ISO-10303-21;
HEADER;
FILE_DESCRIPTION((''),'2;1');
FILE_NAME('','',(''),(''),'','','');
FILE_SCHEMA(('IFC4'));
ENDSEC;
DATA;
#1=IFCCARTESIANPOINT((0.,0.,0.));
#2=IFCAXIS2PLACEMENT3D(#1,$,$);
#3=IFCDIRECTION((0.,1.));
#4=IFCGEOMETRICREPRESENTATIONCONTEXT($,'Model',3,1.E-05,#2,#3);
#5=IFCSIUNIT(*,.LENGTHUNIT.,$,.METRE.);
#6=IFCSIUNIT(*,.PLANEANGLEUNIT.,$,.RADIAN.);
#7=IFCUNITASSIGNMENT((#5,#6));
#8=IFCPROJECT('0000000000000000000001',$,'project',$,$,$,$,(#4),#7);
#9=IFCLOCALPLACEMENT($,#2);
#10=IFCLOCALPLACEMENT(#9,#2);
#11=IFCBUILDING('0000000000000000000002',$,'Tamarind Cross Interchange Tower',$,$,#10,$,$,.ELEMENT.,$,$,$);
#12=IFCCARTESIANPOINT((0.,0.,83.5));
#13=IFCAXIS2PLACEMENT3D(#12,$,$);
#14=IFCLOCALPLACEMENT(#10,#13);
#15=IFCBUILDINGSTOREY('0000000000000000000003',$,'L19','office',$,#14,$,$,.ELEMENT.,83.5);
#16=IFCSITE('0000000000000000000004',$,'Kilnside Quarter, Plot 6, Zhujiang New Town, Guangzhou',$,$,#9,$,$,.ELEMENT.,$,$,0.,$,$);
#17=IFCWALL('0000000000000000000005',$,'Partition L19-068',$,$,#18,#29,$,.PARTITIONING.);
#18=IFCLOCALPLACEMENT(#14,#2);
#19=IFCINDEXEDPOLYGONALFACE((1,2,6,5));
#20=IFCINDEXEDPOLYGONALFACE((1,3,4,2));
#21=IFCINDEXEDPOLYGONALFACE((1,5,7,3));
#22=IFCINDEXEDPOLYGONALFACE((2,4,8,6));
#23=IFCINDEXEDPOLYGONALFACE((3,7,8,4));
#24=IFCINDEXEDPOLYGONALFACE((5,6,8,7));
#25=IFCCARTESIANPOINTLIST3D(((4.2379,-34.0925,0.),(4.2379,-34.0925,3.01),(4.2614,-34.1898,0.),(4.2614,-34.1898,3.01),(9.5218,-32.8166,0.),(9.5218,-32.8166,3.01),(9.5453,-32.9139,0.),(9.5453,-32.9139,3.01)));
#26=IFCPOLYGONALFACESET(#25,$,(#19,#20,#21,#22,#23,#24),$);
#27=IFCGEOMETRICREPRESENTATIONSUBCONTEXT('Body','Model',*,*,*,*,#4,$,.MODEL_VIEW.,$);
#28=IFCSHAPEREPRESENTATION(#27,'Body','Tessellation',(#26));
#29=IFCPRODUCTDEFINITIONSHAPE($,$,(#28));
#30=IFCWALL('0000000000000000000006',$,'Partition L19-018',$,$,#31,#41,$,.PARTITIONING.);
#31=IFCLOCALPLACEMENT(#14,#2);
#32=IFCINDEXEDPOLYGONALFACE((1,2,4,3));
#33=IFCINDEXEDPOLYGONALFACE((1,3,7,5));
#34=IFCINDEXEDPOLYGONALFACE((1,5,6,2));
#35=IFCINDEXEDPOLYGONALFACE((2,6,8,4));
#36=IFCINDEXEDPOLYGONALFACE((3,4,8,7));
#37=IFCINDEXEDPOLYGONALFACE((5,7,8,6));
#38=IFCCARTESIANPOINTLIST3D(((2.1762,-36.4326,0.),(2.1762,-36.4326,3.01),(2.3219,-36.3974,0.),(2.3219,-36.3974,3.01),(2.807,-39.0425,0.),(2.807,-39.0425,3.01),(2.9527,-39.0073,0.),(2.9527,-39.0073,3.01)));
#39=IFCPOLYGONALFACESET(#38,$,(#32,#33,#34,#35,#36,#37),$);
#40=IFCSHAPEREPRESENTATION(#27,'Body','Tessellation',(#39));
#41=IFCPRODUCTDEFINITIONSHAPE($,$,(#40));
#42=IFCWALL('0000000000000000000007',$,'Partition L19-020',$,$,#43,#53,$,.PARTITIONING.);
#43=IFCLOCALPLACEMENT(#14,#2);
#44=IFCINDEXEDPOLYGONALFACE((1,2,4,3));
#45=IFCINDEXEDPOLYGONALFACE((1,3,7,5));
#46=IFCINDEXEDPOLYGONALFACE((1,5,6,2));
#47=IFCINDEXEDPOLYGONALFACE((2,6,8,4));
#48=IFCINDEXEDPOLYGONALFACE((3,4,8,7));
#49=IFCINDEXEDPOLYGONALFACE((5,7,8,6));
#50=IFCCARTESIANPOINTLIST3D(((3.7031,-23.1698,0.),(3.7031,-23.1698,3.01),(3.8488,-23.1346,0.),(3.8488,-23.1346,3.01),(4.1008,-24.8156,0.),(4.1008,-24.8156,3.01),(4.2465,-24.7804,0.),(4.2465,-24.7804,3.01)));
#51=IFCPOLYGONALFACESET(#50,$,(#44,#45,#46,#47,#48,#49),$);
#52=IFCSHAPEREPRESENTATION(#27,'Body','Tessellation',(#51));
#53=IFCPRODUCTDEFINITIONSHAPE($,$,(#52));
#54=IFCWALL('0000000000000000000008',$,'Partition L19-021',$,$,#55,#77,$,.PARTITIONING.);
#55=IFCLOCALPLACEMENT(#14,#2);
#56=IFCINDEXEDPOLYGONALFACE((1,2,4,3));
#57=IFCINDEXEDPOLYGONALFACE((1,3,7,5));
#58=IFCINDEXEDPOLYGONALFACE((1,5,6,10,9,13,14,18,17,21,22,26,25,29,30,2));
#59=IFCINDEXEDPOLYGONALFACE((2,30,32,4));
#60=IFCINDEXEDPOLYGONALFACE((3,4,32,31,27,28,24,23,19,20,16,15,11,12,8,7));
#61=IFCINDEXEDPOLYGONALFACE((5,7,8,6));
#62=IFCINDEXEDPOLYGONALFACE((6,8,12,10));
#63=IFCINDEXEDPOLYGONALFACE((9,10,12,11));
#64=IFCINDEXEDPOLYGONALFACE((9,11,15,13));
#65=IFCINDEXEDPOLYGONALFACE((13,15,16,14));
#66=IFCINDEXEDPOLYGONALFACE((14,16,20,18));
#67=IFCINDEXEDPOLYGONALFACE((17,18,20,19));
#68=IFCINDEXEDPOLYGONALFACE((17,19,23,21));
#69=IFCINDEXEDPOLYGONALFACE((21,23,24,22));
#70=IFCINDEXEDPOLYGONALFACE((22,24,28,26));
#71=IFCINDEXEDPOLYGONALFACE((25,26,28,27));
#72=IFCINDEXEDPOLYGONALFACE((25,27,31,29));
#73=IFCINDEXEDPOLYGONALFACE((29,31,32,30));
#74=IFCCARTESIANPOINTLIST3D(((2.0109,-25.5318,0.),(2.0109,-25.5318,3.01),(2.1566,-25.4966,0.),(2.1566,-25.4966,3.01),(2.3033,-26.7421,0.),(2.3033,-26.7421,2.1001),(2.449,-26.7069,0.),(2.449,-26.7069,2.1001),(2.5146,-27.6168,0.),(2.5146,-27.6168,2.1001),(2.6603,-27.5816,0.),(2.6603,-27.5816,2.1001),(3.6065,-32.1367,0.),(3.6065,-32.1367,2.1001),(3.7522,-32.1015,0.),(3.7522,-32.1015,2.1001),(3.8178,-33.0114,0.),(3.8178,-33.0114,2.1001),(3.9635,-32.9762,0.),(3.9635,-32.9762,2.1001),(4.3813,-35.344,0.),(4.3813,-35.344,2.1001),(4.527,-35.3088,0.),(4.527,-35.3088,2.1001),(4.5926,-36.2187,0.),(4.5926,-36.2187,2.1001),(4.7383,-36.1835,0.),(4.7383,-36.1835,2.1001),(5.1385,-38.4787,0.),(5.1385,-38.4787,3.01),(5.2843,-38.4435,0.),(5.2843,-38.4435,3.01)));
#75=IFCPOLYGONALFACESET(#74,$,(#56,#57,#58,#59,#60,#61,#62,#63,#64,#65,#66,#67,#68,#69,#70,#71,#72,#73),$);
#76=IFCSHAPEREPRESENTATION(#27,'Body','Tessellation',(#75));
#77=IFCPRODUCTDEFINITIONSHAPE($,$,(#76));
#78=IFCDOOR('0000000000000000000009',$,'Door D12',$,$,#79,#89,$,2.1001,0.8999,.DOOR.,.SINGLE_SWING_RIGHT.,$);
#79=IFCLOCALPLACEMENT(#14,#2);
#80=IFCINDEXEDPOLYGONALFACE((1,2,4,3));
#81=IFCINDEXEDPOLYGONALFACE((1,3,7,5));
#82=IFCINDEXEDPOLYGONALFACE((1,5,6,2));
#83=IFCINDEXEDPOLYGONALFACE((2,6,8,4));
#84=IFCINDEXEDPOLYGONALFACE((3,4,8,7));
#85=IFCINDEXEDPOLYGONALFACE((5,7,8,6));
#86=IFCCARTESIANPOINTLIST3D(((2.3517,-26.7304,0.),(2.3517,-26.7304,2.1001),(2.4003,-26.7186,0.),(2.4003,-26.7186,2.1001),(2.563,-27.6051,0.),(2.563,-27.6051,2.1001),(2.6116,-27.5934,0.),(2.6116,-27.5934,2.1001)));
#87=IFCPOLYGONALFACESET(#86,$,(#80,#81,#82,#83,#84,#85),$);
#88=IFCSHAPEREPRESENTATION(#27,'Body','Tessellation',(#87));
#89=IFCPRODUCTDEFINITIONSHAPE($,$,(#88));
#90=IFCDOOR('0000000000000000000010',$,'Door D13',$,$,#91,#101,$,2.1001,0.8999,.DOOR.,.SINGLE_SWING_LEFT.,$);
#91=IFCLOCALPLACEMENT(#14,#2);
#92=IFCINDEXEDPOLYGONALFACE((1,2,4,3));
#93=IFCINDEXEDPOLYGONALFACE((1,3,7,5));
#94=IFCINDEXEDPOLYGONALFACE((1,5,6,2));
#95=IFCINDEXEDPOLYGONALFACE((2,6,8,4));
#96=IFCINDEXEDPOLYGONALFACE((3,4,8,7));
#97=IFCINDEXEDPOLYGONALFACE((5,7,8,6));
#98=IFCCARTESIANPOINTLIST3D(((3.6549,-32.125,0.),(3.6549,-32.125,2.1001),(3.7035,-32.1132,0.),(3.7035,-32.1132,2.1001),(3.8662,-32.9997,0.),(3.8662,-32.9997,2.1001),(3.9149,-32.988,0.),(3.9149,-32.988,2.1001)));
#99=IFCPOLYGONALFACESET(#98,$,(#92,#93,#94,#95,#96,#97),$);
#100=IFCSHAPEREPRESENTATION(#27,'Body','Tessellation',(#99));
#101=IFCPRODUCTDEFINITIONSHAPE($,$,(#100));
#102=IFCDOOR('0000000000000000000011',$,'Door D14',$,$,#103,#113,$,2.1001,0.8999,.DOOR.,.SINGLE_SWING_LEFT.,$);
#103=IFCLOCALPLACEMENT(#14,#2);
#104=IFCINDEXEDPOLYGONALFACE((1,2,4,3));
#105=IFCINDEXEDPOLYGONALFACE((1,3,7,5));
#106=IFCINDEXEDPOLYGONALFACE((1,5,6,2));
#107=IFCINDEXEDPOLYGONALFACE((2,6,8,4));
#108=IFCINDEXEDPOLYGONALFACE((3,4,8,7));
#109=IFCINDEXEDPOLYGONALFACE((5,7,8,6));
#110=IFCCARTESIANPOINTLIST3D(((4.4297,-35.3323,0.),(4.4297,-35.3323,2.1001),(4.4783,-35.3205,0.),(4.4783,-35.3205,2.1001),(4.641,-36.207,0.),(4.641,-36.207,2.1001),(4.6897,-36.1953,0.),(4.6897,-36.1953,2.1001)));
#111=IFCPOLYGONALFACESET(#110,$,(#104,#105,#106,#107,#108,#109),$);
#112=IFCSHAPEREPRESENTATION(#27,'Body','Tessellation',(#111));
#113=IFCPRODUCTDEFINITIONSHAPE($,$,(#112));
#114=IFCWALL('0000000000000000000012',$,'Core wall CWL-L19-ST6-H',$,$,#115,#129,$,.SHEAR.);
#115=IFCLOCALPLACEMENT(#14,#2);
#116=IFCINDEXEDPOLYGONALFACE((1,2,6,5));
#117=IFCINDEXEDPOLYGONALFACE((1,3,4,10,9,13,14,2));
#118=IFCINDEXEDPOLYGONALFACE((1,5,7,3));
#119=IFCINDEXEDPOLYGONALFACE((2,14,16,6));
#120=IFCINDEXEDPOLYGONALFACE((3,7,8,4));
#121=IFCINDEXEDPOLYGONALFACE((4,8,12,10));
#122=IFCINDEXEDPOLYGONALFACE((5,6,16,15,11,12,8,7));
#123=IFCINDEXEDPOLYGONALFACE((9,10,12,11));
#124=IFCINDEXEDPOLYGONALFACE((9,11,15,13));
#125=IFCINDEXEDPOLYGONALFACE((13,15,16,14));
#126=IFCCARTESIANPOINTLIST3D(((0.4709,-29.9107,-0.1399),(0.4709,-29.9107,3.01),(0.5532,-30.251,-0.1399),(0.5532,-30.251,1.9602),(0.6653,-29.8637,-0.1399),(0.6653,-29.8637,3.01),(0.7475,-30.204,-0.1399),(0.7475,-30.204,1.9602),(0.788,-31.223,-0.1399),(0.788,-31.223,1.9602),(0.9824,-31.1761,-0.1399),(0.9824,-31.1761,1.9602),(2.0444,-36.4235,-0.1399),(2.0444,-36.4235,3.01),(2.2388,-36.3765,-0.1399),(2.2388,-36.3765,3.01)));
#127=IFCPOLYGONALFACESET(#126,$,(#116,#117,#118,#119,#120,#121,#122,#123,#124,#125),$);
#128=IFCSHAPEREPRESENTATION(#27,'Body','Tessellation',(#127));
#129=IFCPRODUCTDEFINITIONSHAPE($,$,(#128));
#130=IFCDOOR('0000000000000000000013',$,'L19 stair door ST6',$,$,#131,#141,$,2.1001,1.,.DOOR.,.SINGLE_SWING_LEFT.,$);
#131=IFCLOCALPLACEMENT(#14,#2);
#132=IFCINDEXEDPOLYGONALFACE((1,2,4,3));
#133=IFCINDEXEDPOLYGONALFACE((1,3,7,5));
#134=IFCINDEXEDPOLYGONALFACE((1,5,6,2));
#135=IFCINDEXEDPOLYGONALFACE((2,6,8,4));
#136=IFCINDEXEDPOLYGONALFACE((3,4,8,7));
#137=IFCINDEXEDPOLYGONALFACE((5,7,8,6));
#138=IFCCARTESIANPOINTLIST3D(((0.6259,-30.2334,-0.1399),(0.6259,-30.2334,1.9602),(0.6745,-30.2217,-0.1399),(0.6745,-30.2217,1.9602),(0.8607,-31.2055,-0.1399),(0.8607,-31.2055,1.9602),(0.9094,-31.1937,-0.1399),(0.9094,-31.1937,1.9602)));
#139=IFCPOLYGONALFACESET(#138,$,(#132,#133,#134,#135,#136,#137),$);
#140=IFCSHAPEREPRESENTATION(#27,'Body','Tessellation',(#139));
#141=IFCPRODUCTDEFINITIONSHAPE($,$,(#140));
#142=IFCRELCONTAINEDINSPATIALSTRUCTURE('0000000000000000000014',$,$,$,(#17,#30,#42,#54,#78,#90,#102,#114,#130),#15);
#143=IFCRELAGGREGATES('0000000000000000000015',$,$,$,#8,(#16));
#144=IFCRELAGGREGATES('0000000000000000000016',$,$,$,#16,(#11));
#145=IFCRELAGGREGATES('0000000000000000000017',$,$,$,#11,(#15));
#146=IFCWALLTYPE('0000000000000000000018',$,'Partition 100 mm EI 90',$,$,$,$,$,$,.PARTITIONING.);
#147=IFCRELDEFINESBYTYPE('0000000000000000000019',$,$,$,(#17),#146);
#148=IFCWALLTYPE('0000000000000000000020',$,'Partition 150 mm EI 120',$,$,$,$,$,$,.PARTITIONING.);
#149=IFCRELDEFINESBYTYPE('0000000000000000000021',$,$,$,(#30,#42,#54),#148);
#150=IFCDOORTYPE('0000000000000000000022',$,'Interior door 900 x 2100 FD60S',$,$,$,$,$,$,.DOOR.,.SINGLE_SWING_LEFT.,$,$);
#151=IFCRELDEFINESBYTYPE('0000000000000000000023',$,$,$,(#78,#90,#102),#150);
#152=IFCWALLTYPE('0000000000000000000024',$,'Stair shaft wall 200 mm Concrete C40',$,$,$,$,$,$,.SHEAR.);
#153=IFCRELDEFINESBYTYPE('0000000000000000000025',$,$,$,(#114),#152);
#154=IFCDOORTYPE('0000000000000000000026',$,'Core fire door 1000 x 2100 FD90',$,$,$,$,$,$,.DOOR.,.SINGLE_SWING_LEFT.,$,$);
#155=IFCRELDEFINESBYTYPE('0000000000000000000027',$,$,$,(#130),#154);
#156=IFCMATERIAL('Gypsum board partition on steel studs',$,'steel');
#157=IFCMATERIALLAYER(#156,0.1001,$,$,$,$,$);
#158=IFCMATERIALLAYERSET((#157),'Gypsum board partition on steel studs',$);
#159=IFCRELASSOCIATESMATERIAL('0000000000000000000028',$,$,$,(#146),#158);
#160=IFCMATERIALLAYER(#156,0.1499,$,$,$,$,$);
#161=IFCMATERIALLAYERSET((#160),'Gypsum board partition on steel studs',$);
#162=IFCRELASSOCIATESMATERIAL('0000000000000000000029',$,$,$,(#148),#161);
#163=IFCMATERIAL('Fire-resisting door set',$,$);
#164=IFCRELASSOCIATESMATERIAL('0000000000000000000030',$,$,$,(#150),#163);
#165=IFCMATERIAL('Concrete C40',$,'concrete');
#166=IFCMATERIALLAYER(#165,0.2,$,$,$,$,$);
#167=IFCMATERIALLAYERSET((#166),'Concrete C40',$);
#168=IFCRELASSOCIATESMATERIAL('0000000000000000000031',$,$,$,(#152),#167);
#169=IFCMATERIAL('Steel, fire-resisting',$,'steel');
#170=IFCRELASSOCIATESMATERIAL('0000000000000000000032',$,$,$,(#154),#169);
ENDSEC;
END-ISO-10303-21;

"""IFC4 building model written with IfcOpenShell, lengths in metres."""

from ifc_helpers import new_model, si_unit, direction, frame, frame_2d, origin, place, context, subcontext, project, spatial, rectangle, extrude, material, layer, layer_set, type_object, element, fill, save


model = new_model("IFC4")

# Units and contexts
model_context = context("Model", 3, precision=1e-05, world=origin(), true_north=direction((0.0, 1.0)))
body_context = subcontext(model_context, "Body", "Model", "MODEL_VIEW")
ifc_project = project(units=[si_unit("LENGTHUNIT", "METRE"), si_unit("PLANEANGLEUNIT", "RADIAN")], contexts=[model_context])

# Site, building, storey
site_placement = place(None, origin())
site = spatial("IfcSite", under=ifc_project, at=site_placement, Name="Kilnside Quarter, Plot 6, Zhujiang New Town, Guangzhou", CompositionType="ELEMENT", RefElevation=0.0)
building_placement = place(site_placement, origin())
building = spatial("IfcBuilding", under=site, at=building_placement, Name="Tamarind Cross Interchange Tower", CompositionType="ELEMENT")
storey_placement = place(building_placement, frame((0.0, 0.0, 83.5)))
storey = spatial("IfcBuildingStorey", under=building, at=storey_placement, Name="L19", Description="office", CompositionType="ELEMENT", Elevation=83.5)

# Walls
ifc_material_1 = material(Name="Gypsum board partition on steel studs", Category="steel")
ifc_layer_1 = layer(ifc_material_1, 0.1001)
ifc_layer_set_1 = layer_set([ifc_layer_1], Name="Gypsum board partition on steel studs")
wall_type_1 = type_object("IfcWallType", Name="Partition 100 mm EI 90", PredefinedType="PARTITIONING", material=ifc_layer_set_1)
wall_1_placement = place(storey_placement, frame((4.2498, -34.1411, 0.0), z_axis=(0.0, 0.0, 1.0), x_axis=(0.972063, 0.234718, 0.0)))
element("IfcWall", 1, at=wall_1_placement, inside=storey, type_object=wall_type_1, Name="Partition L19-068", PredefinedType="PARTITIONING", context=body_context, shape_type="SweptSolid", body=[
    extrude(rectangle(XDim=5.4358, YDim=0.1001, at=frame_2d((2.7178, 0.0))), origin(), (0.0, 0.0, 1.0), 3.01),
])
ifc_layer_2 = layer(ifc_material_1, 0.1499)
ifc_layer_set_2 = layer_set([ifc_layer_2], Name="Gypsum board partition on steel studs")
wall_type_2 = type_object("IfcWallType", Name="Partition 150 mm EI 120", PredefinedType="PARTITIONING", material=ifc_layer_set_2)
wall_2_placement = place(storey_placement, frame((2.249, -36.415, 0.0), z_axis=(0.0, 0.0, 1.0), x_axis=(0.234955, -0.972006, 0.0)))
element("IfcWall", 2, at=wall_2_placement, inside=storey, type_object=wall_type_2, Name="Partition L19-018", PredefinedType="PARTITIONING", context=body_context, shape_type="SweptSolid", body=[
    extrude(rectangle(XDim=2.6851, YDim=0.1499, at=frame_2d((1.3425, 0.0))), origin(), (0.0, 0.0, 1.0), 3.01),
])
wall_3_placement = place(storey_placement, frame((3.7759, -23.1521, 0.0), z_axis=(0.0, 0.0, 1.0), x_axis=(0.234894, -0.972021, 0.0)))
element("IfcWall", 3, at=wall_3_placement, inside=storey, type_object=wall_type_2, Name="Partition L19-020", PredefinedType="PARTITIONING", context=body_context, shape_type="SweptSolid", body=[
    extrude(rectangle(XDim=1.6931, YDim=0.1499, at=frame_2d((0.8467, 0.0))), origin(), (0.0, 0.0, 1.0), 3.01),
])

# Wall, openings, doors
wall_4_placement = place(storey_placement, frame((2.0837, -25.5142, 0.0), z_axis=(0.0, 0.0, 1.0), x_axis=(0.234821, -0.972039, 0.0)))
wall_4 = element("IfcWall", 4, at=wall_4_placement, inside=storey, type_object=wall_type_2, Name="Partition L19-021", PredefinedType="PARTITIONING", context=body_context, shape_type="SweptSolid", body=[
    extrude(rectangle(XDim=13.3193, YDim=0.1499, at=frame_2d((6.6597, 0.0))), origin(), (0.0, 0.0, 1.0), 3.01),
])
opening_1_placement = place(wall_4_placement, frame((1.2451, 0.0, 0.0)))
opening_1 = element("IfcOpeningElement", 5, at=opening_1_placement, cuts=wall_4, PredefinedType="OPENING", context=body_context, shape_type="SweptSolid", body=[
    extrude(rectangle(XDim=0.8999, YDim=2.1001, at=frame_2d((0.45, 1.05))), frame((0.0, 0.085, 0.0), z_axis=(0.0, -1.0, 0.0), x_axis=(1.0, 0.0, 0.0)), (0.0, 0.0, 1.0), 0.1699),
])
opening_2_placement = place(wall_4_placement, frame((6.7949, 0.0, 0.0)))
opening_2 = element("IfcOpeningElement", 6, at=opening_2_placement, cuts=wall_4, PredefinedType="OPENING", context=body_context, shape_type="SweptSolid", body=[
    extrude(rectangle(XDim=0.8999, YDim=2.1001, at=frame_2d((0.45, 1.05))), frame((0.0, 0.085, 0.0), z_axis=(0.0, -1.0, 0.0), x_axis=(1.0, 0.0, 0.0)), (0.0, 0.0, 1.0), 0.1699),
])
opening_3_placement = place(wall_4_placement, frame((10.0945, 0.0, 0.0)))
opening_3 = element("IfcOpeningElement", 7, at=opening_3_placement, cuts=wall_4, PredefinedType="OPENING", context=body_context, shape_type="SweptSolid", body=[
    extrude(rectangle(XDim=0.8999, YDim=2.1001, at=frame_2d((0.45, 1.05))), frame((0.0, 0.085, 0.0), z_axis=(0.0, -1.0, 0.0), x_axis=(1.0, 0.0, 0.0)), (0.0, 0.0, 1.0), 0.1699),
])
ifc_material_2 = material(Name="Fire-resisting door set")
door_type_1 = type_object("IfcDoorType", Name="Interior door 900 x 2100 FD60S", OperationType="SINGLE_SWING_LEFT", PredefinedType="DOOR", material=ifc_material_2)
door_1_placement = place(opening_1_placement, origin())
door_1 = element("IfcDoor", 8, at=door_1_placement, inside=storey, type_object=door_type_1, Name="Door D12", OperationType="SINGLE_SWING_RIGHT", OverallHeight=2.1001, OverallWidth=0.8999, PredefinedType="DOOR", context=body_context, shape_type="SweptSolid", body=[
    extrude(rectangle(XDim=0.8999, YDim=2.1001, at=frame_2d((0.45, 1.05))), frame((0.0, 0.0249, 0.0), z_axis=(0.0, -1.0, 0.0), x_axis=(1.0, 0.0, 0.0)), (0.0, 0.0, 1.0), 0.05),
])
fill(opening_1, door_1)
door_2_placement = place(opening_2_placement, origin())
door_2 = element("IfcDoor", 9, at=door_2_placement, inside=storey, type_object=door_type_1, Name="Door D13", OperationType="SINGLE_SWING_LEFT", OverallHeight=2.1001, OverallWidth=0.8999, PredefinedType="DOOR", context=body_context, shape_type="SweptSolid", body=[
    extrude(rectangle(XDim=0.8999, YDim=2.1001, at=frame_2d((0.45, 1.05))), frame((0.0, 0.0249, 0.0), z_axis=(0.0, -1.0, 0.0), x_axis=(1.0, 0.0, 0.0)), (0.0, 0.0, 1.0), 0.05),
])
fill(opening_2, door_2)
door_3_placement = place(opening_3_placement, origin())
door_3 = element("IfcDoor", 10, at=door_3_placement, inside=storey, type_object=door_type_1, Name="Door D14", OperationType="SINGLE_SWING_LEFT", OverallHeight=2.1001, OverallWidth=0.8999, PredefinedType="DOOR", context=body_context, shape_type="SweptSolid", body=[
    extrude(rectangle(XDim=0.8999, YDim=2.1001, at=frame_2d((0.45, 1.05))), frame((0.0, 0.0249, 0.0), z_axis=(0.0, -1.0, 0.0), x_axis=(1.0, 0.0, 0.0)), (0.0, 0.0, 1.0), 0.05),
])
fill(opening_3, door_3)

# Wall, opening, door
ifc_material_3 = material(Name="Concrete C40", Category="concrete")
ifc_layer_3 = layer(ifc_material_3, 0.2)
ifc_layer_set_3 = layer_set([ifc_layer_3], Name="Concrete C40")
wall_type_3 = type_object("IfcWallType", Name="Stair shaft wall 200 mm Concrete C40", PredefinedType="SHEAR", material=ifc_layer_set_3)
wall_5_placement = place(storey_placement, frame((0.5681, -29.8872, -0.1399), z_axis=(0.0, 0.0, 1.0), x_axis=(0.234846, -0.972033, 0.0)))
wall_5 = element("IfcWall", 11, at=wall_5_placement, inside=storey, type_object=wall_type_3, Name="Core wall CWL-L19-ST6-H", PredefinedType="SHEAR", context=body_context, shape_type="SweptSolid", body=[
    extrude(rectangle(XDim=6.7002, YDim=0.2, at=frame_2d((3.3501, 0.0))), origin(), (0.0, 0.0, 1.0), 3.1499),
])
opening_4_placement = place(wall_5_placement, frame((0.3501, 0.0, 0.0)))
opening_4 = element("IfcOpeningElement", 12, at=opening_4_placement, cuts=wall_5, PredefinedType="OPENING", context=body_context, shape_type="SweptSolid", body=[
    extrude(rectangle(XDim=1.0, YDim=2.1001, at=frame_2d((0.5, 1.05))), frame((0.0, 0.1099, 0.0), z_axis=(0.0, -1.0, 0.0), x_axis=(1.0, 0.0, 0.0)), (0.0, 0.0, 1.0), 0.22),
])
ifc_material_4 = material(Name="Steel, fire-resisting", Category="steel")
door_type_2 = type_object("IfcDoorType", Name="Core fire door 1000 x 2100 FD90", OperationType="SINGLE_SWING_LEFT", PredefinedType="DOOR", material=ifc_material_4)
door_4_placement = place(opening_4_placement, origin())
door_4 = element("IfcDoor", 13, at=door_4_placement, inside=storey, type_object=door_type_2, Name="L19 stair door ST6", OperationType="SINGLE_SWING_LEFT", OverallHeight=2.1001, OverallWidth=1.0, PredefinedType="DOOR", context=body_context, shape_type="SweptSolid", body=[
    extrude(rectangle(XDim=1.0, YDim=2.1001, at=frame_2d((0.5, 1.05))), frame((0.0, 0.0249, 0.0), z_axis=(0.0, -1.0, 0.0), x_axis=(1.0, 0.0, 0.0)), (0.0, 0.0, 1.0), 0.05),
])
fill(opening_4, door_4)

save(model, "model.ifc")
